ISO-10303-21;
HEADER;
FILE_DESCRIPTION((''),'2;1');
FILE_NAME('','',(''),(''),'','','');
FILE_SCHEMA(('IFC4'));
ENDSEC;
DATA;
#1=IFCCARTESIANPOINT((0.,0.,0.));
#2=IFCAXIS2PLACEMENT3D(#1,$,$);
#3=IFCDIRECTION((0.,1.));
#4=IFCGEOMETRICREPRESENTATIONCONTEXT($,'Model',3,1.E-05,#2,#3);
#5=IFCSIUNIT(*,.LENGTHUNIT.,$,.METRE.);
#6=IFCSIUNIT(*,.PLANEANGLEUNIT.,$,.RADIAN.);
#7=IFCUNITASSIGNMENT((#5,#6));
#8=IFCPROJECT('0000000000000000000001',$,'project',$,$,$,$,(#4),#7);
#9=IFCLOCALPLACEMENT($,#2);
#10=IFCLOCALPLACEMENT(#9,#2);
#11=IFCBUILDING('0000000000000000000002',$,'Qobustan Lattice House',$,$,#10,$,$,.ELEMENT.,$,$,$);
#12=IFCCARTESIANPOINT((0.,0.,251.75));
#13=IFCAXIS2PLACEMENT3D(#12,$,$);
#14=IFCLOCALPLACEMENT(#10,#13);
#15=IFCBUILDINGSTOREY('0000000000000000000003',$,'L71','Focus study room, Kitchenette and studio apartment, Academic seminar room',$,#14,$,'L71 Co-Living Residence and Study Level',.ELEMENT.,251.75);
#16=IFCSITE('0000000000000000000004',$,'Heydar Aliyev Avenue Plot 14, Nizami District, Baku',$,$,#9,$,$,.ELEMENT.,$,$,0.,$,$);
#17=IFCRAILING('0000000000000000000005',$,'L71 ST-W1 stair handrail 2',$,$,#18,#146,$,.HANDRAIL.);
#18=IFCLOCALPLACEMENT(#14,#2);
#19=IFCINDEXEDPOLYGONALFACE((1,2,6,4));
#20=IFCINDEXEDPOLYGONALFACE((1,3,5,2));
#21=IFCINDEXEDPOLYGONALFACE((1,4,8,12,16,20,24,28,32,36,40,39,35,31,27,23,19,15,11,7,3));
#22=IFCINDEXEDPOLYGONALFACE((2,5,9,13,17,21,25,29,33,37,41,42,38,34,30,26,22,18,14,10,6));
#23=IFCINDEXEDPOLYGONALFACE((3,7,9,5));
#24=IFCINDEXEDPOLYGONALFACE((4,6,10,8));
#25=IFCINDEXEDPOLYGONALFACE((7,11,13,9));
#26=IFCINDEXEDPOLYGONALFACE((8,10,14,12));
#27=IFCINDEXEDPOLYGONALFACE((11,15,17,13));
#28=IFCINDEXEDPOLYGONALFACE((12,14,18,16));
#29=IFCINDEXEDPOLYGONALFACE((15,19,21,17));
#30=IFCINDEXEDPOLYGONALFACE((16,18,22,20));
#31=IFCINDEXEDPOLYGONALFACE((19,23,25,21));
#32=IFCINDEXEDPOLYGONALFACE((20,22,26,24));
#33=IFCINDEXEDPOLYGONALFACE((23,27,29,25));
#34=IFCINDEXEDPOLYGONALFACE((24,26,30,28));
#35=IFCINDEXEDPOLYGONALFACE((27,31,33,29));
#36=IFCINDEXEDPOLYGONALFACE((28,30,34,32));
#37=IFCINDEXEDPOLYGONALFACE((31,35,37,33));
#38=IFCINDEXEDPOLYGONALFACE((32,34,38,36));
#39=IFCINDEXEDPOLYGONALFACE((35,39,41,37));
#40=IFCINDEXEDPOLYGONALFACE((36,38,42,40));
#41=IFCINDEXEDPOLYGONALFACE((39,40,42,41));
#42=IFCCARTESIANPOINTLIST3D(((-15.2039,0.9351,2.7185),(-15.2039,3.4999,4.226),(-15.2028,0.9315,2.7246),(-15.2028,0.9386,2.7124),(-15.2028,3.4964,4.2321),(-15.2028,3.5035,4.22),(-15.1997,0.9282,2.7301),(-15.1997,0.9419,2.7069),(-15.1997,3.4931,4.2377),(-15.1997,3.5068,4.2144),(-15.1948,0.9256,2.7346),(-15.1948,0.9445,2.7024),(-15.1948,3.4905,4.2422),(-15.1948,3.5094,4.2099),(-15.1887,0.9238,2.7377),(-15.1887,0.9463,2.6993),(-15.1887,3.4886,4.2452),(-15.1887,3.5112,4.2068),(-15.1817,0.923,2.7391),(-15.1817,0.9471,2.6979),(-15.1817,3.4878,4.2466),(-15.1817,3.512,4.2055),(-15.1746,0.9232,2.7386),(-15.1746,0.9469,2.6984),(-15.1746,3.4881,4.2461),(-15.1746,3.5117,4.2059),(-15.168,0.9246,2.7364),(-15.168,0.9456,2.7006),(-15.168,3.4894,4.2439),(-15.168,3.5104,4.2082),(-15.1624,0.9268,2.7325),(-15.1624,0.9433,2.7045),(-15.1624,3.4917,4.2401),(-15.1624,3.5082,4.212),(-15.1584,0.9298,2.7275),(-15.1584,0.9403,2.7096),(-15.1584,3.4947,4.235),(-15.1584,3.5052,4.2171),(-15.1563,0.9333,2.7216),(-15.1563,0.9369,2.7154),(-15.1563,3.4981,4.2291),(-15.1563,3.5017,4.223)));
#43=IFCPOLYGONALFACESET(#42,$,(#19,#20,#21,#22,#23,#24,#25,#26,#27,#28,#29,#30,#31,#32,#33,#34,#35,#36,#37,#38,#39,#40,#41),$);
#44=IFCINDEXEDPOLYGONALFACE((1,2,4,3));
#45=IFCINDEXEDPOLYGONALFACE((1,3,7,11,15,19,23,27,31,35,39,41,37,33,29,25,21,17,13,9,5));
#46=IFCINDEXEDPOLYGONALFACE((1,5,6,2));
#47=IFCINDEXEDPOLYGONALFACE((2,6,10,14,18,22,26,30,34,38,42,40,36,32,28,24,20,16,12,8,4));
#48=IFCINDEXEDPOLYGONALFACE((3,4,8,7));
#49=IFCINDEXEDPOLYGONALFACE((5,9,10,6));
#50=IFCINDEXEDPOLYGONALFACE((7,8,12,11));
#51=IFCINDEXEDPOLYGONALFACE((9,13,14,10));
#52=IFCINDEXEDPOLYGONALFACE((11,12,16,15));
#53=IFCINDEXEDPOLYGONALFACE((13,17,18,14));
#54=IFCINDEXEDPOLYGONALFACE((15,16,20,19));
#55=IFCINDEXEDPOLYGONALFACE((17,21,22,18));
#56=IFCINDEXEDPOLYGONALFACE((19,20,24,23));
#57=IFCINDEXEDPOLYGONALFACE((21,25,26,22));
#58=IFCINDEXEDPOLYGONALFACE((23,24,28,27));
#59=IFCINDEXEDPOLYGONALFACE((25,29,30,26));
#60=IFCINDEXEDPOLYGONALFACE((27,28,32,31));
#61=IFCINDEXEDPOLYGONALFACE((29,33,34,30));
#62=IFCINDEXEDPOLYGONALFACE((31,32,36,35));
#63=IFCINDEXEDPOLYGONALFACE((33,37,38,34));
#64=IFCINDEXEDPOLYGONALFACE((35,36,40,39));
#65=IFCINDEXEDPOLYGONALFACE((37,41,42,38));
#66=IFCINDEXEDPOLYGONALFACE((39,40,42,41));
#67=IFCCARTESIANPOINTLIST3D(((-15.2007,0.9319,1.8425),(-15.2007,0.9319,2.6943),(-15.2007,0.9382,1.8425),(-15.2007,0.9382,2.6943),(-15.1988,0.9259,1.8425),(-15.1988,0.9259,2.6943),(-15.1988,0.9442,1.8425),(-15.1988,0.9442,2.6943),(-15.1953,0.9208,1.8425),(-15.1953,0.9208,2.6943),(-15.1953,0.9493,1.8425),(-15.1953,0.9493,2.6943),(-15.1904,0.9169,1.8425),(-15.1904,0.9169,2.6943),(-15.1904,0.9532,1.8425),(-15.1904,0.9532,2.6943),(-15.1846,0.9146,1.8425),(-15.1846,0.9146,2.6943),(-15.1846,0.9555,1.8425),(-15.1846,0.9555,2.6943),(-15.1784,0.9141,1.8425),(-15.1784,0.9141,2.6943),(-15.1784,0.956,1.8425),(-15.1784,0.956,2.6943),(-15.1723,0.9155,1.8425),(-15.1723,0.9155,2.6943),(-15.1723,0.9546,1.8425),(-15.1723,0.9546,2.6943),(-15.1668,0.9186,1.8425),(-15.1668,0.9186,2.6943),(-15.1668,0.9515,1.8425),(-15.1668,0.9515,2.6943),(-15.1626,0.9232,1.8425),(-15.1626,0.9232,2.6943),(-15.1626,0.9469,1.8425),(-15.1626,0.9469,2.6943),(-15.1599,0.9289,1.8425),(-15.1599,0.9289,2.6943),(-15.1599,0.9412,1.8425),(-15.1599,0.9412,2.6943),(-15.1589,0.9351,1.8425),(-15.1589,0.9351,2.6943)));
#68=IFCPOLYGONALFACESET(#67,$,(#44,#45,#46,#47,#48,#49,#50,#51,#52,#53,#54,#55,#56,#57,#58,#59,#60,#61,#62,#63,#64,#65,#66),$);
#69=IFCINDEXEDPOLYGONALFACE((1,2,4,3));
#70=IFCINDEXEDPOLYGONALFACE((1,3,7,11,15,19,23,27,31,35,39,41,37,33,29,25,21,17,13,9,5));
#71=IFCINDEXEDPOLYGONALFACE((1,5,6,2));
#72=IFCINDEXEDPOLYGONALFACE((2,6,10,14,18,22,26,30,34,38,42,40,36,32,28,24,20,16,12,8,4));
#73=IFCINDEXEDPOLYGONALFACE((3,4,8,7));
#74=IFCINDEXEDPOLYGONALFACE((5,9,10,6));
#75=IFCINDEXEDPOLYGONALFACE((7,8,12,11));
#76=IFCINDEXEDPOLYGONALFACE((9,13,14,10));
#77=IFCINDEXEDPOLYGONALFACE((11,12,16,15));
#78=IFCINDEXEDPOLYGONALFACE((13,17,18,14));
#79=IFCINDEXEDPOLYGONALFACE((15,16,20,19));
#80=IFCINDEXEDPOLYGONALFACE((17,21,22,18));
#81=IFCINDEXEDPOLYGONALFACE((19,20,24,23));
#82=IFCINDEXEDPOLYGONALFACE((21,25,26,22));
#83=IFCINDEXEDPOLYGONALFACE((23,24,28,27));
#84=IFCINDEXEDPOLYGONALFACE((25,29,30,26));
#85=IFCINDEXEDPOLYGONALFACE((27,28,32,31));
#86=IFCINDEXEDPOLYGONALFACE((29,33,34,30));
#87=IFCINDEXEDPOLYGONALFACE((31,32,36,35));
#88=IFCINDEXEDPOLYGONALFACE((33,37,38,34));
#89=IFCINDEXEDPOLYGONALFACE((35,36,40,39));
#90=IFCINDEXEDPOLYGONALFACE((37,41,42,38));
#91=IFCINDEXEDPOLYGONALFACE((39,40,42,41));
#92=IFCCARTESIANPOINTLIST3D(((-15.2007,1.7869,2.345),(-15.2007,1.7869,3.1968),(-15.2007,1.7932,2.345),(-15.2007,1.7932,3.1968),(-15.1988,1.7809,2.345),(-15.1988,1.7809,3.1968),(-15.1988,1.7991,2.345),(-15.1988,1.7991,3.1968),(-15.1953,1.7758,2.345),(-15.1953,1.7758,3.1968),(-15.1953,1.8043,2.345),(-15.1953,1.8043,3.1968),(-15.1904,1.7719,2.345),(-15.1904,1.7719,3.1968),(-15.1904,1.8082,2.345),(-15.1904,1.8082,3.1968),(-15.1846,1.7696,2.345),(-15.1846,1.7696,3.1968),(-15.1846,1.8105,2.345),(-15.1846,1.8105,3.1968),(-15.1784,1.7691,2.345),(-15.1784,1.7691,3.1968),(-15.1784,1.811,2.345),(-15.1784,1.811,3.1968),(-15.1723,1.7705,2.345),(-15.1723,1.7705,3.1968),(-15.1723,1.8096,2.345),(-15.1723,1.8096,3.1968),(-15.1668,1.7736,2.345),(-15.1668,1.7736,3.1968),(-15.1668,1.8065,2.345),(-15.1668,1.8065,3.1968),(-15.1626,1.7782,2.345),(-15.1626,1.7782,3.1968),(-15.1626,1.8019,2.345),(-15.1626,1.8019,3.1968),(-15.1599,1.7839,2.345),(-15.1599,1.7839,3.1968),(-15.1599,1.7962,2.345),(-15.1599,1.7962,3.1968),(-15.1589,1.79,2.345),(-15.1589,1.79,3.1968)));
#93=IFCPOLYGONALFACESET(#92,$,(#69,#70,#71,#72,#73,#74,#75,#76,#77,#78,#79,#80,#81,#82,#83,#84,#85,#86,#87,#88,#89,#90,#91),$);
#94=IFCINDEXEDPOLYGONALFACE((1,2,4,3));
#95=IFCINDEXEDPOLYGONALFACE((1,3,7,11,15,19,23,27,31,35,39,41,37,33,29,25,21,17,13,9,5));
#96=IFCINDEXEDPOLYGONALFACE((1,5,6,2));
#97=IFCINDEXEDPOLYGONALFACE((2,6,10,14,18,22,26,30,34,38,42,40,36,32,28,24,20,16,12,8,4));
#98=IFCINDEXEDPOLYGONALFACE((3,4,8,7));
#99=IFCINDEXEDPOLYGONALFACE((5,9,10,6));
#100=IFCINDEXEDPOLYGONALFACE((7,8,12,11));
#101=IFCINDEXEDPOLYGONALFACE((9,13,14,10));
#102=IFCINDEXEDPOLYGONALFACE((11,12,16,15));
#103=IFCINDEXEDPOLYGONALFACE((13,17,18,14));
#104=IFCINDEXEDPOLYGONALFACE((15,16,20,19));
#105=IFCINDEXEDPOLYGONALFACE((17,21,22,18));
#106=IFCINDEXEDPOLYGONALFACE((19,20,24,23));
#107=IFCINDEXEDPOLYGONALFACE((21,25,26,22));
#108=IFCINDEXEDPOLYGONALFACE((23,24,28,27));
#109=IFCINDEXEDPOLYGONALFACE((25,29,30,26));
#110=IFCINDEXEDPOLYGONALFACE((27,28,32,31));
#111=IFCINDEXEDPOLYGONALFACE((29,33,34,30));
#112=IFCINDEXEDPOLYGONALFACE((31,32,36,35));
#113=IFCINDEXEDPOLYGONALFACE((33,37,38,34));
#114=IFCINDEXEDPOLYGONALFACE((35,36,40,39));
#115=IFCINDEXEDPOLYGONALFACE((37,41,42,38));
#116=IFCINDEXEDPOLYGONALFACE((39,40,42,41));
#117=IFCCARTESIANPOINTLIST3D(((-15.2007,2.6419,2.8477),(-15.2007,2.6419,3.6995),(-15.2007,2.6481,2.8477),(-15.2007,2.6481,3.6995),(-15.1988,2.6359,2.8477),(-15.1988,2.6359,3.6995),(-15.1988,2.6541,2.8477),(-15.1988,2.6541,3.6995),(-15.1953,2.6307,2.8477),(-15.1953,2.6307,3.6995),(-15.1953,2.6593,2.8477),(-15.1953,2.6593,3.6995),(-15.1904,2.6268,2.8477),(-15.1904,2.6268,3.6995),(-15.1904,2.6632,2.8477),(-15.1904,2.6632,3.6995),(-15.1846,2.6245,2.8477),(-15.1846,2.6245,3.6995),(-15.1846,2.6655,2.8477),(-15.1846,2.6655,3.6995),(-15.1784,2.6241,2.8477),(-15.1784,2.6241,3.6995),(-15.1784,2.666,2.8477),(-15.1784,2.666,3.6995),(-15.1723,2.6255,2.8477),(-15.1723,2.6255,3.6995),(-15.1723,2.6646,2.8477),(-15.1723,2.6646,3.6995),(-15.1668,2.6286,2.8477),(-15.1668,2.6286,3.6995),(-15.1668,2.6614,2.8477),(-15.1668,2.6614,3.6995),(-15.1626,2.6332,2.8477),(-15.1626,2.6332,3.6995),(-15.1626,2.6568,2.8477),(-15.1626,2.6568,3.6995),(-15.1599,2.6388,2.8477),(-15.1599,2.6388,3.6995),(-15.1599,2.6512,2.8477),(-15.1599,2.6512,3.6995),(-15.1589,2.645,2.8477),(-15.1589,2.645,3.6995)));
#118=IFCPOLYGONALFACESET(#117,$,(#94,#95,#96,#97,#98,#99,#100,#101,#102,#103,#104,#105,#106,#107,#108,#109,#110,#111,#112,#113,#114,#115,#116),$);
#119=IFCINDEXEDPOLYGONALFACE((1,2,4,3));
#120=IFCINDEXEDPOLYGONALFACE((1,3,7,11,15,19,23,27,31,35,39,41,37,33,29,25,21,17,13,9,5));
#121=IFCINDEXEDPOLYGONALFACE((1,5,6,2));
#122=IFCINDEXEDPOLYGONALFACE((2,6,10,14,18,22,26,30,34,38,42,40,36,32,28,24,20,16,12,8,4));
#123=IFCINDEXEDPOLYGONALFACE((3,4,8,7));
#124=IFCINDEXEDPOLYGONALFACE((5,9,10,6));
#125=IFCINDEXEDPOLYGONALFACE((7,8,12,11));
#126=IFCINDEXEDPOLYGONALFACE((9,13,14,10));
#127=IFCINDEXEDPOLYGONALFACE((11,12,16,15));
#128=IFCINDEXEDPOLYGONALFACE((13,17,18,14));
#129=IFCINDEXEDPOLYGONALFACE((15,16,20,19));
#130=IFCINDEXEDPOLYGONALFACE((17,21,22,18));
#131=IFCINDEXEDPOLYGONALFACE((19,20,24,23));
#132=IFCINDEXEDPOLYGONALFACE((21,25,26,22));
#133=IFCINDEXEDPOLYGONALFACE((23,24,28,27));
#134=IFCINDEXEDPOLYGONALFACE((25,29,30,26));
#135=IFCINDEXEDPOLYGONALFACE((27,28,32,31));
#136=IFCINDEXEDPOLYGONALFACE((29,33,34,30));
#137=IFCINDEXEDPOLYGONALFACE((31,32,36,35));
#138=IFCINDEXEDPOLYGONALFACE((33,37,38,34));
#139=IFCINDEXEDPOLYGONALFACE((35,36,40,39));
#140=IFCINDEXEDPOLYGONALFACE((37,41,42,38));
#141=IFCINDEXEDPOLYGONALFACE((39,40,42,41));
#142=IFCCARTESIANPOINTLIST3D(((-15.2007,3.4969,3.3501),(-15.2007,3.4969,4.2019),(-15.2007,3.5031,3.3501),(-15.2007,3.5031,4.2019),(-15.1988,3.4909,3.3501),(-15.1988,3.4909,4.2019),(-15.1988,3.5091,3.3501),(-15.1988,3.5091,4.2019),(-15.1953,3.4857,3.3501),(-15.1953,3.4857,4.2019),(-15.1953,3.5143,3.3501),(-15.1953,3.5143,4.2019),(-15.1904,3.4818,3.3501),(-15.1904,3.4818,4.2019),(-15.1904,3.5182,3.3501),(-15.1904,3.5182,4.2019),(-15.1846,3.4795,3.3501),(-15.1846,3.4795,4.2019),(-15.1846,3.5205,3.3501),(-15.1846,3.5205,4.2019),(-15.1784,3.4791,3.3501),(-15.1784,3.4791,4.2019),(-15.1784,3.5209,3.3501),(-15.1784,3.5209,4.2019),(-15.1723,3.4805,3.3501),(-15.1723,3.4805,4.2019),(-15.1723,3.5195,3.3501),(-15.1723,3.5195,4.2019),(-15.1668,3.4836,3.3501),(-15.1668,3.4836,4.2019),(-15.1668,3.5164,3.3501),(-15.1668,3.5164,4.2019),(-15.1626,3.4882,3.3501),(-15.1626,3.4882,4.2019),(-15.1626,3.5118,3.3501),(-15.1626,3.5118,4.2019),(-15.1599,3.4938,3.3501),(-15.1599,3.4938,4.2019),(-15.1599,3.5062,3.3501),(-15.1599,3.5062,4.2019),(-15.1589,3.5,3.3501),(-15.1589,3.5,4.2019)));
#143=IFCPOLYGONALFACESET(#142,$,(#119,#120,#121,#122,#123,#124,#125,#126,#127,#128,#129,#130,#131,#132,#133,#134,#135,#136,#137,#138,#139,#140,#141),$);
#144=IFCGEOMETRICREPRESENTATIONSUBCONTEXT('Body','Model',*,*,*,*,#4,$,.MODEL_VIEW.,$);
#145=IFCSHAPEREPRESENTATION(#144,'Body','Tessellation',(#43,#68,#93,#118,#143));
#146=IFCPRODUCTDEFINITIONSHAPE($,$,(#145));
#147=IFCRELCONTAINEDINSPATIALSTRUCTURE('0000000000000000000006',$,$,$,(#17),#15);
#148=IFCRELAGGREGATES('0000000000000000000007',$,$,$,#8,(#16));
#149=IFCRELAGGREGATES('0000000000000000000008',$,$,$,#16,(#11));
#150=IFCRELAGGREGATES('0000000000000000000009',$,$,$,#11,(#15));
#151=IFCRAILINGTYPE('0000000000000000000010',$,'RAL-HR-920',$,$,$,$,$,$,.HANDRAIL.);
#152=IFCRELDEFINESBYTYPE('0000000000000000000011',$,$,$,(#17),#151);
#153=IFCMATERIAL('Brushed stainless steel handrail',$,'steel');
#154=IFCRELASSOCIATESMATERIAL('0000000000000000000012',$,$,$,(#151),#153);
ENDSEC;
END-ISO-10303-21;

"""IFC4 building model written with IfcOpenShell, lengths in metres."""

from ifc_helpers import new_model, si_unit, direction, frame, origin, origin_2d, place, context, subcontext, project, spatial, circle, extrude, material, type_object, element, save


model = new_model("IFC4")

# Units and contexts
model_context = context("Model", 3, precision=1e-05, world=origin(), true_north=direction((0.0, 1.0)))
body_context = subcontext(model_context, "Body", "Model", "MODEL_VIEW")
ifc_project = project(units=[si_unit("LENGTHUNIT", "METRE"), si_unit("PLANEANGLEUNIT", "RADIAN")], contexts=[model_context])

# Site, building, storey
site_placement = place(None, origin())
site = spatial("IfcSite", under=ifc_project, at=site_placement, Name="Heydar Aliyev Avenue Plot 14, Nizami District, Baku", CompositionType="ELEMENT", RefElevation=0.0)
building_placement = place(site_placement, origin())
building = spatial("IfcBuilding", under=site, at=building_placement, Name="Qobustan Lattice House", CompositionType="ELEMENT")
storey_placement = place(building_placement, frame((0.0, 0.0, 251.75)))
storey = spatial("IfcBuildingStorey", under=building, at=storey_placement, Name="L71", Description="Focus study room, Kitchenette and studio apartment, Academic seminar room", LongName="L71 Co-Living Residence and Study Level", CompositionType="ELEMENT", Elevation=251.75)

# Railing
ifc_material_1 = material(Name="Brushed stainless steel handrail", Category="steel")
railing_type = type_object("IfcRailingType", Name="RAL-HR-920", PredefinedType="HANDRAIL", material=ifc_material_1)
railing_placement = place(storey_placement, frame((-15.1799, 0.9351, 1.8425)))
element("IfcRailing", 1, at=railing_placement, inside=storey, type_object=railing_type, Name="L71 ST-W1 stair handrail 2", PredefinedType="HANDRAIL", context=body_context, shape_type="SweptSolid", body=[
    extrude(circle(Radius=0.0239, at=origin_2d()), frame((0.0, 0.0, 0.876), z_axis=(0.0, 0.862113, 0.506715), x_axis=(-1.0, 0.0, 0.0)), (0.0, 0.0, 1.0), 2.9751),
    extrude(circle(Radius=0.021, at=origin_2d()), origin(), (0.0, 0.0, 1.0), 0.8518),
    extrude(circle(Radius=0.021, at=origin_2d()), frame((0.0, 0.855, 0.5024)), (0.0, 0.0, 1.0), 0.8518),
    extrude(circle(Radius=0.021, at=origin_2d()), frame((0.0, 1.71, 1.0051)), (0.0, 0.0, 1.0), 0.8518),
    extrude(circle(Radius=0.021, at=origin_2d()), frame((0.0, 2.5649, 1.5076)), (0.0, 0.0, 1.0), 0.8518),
])

save(model, "model.ifc")
